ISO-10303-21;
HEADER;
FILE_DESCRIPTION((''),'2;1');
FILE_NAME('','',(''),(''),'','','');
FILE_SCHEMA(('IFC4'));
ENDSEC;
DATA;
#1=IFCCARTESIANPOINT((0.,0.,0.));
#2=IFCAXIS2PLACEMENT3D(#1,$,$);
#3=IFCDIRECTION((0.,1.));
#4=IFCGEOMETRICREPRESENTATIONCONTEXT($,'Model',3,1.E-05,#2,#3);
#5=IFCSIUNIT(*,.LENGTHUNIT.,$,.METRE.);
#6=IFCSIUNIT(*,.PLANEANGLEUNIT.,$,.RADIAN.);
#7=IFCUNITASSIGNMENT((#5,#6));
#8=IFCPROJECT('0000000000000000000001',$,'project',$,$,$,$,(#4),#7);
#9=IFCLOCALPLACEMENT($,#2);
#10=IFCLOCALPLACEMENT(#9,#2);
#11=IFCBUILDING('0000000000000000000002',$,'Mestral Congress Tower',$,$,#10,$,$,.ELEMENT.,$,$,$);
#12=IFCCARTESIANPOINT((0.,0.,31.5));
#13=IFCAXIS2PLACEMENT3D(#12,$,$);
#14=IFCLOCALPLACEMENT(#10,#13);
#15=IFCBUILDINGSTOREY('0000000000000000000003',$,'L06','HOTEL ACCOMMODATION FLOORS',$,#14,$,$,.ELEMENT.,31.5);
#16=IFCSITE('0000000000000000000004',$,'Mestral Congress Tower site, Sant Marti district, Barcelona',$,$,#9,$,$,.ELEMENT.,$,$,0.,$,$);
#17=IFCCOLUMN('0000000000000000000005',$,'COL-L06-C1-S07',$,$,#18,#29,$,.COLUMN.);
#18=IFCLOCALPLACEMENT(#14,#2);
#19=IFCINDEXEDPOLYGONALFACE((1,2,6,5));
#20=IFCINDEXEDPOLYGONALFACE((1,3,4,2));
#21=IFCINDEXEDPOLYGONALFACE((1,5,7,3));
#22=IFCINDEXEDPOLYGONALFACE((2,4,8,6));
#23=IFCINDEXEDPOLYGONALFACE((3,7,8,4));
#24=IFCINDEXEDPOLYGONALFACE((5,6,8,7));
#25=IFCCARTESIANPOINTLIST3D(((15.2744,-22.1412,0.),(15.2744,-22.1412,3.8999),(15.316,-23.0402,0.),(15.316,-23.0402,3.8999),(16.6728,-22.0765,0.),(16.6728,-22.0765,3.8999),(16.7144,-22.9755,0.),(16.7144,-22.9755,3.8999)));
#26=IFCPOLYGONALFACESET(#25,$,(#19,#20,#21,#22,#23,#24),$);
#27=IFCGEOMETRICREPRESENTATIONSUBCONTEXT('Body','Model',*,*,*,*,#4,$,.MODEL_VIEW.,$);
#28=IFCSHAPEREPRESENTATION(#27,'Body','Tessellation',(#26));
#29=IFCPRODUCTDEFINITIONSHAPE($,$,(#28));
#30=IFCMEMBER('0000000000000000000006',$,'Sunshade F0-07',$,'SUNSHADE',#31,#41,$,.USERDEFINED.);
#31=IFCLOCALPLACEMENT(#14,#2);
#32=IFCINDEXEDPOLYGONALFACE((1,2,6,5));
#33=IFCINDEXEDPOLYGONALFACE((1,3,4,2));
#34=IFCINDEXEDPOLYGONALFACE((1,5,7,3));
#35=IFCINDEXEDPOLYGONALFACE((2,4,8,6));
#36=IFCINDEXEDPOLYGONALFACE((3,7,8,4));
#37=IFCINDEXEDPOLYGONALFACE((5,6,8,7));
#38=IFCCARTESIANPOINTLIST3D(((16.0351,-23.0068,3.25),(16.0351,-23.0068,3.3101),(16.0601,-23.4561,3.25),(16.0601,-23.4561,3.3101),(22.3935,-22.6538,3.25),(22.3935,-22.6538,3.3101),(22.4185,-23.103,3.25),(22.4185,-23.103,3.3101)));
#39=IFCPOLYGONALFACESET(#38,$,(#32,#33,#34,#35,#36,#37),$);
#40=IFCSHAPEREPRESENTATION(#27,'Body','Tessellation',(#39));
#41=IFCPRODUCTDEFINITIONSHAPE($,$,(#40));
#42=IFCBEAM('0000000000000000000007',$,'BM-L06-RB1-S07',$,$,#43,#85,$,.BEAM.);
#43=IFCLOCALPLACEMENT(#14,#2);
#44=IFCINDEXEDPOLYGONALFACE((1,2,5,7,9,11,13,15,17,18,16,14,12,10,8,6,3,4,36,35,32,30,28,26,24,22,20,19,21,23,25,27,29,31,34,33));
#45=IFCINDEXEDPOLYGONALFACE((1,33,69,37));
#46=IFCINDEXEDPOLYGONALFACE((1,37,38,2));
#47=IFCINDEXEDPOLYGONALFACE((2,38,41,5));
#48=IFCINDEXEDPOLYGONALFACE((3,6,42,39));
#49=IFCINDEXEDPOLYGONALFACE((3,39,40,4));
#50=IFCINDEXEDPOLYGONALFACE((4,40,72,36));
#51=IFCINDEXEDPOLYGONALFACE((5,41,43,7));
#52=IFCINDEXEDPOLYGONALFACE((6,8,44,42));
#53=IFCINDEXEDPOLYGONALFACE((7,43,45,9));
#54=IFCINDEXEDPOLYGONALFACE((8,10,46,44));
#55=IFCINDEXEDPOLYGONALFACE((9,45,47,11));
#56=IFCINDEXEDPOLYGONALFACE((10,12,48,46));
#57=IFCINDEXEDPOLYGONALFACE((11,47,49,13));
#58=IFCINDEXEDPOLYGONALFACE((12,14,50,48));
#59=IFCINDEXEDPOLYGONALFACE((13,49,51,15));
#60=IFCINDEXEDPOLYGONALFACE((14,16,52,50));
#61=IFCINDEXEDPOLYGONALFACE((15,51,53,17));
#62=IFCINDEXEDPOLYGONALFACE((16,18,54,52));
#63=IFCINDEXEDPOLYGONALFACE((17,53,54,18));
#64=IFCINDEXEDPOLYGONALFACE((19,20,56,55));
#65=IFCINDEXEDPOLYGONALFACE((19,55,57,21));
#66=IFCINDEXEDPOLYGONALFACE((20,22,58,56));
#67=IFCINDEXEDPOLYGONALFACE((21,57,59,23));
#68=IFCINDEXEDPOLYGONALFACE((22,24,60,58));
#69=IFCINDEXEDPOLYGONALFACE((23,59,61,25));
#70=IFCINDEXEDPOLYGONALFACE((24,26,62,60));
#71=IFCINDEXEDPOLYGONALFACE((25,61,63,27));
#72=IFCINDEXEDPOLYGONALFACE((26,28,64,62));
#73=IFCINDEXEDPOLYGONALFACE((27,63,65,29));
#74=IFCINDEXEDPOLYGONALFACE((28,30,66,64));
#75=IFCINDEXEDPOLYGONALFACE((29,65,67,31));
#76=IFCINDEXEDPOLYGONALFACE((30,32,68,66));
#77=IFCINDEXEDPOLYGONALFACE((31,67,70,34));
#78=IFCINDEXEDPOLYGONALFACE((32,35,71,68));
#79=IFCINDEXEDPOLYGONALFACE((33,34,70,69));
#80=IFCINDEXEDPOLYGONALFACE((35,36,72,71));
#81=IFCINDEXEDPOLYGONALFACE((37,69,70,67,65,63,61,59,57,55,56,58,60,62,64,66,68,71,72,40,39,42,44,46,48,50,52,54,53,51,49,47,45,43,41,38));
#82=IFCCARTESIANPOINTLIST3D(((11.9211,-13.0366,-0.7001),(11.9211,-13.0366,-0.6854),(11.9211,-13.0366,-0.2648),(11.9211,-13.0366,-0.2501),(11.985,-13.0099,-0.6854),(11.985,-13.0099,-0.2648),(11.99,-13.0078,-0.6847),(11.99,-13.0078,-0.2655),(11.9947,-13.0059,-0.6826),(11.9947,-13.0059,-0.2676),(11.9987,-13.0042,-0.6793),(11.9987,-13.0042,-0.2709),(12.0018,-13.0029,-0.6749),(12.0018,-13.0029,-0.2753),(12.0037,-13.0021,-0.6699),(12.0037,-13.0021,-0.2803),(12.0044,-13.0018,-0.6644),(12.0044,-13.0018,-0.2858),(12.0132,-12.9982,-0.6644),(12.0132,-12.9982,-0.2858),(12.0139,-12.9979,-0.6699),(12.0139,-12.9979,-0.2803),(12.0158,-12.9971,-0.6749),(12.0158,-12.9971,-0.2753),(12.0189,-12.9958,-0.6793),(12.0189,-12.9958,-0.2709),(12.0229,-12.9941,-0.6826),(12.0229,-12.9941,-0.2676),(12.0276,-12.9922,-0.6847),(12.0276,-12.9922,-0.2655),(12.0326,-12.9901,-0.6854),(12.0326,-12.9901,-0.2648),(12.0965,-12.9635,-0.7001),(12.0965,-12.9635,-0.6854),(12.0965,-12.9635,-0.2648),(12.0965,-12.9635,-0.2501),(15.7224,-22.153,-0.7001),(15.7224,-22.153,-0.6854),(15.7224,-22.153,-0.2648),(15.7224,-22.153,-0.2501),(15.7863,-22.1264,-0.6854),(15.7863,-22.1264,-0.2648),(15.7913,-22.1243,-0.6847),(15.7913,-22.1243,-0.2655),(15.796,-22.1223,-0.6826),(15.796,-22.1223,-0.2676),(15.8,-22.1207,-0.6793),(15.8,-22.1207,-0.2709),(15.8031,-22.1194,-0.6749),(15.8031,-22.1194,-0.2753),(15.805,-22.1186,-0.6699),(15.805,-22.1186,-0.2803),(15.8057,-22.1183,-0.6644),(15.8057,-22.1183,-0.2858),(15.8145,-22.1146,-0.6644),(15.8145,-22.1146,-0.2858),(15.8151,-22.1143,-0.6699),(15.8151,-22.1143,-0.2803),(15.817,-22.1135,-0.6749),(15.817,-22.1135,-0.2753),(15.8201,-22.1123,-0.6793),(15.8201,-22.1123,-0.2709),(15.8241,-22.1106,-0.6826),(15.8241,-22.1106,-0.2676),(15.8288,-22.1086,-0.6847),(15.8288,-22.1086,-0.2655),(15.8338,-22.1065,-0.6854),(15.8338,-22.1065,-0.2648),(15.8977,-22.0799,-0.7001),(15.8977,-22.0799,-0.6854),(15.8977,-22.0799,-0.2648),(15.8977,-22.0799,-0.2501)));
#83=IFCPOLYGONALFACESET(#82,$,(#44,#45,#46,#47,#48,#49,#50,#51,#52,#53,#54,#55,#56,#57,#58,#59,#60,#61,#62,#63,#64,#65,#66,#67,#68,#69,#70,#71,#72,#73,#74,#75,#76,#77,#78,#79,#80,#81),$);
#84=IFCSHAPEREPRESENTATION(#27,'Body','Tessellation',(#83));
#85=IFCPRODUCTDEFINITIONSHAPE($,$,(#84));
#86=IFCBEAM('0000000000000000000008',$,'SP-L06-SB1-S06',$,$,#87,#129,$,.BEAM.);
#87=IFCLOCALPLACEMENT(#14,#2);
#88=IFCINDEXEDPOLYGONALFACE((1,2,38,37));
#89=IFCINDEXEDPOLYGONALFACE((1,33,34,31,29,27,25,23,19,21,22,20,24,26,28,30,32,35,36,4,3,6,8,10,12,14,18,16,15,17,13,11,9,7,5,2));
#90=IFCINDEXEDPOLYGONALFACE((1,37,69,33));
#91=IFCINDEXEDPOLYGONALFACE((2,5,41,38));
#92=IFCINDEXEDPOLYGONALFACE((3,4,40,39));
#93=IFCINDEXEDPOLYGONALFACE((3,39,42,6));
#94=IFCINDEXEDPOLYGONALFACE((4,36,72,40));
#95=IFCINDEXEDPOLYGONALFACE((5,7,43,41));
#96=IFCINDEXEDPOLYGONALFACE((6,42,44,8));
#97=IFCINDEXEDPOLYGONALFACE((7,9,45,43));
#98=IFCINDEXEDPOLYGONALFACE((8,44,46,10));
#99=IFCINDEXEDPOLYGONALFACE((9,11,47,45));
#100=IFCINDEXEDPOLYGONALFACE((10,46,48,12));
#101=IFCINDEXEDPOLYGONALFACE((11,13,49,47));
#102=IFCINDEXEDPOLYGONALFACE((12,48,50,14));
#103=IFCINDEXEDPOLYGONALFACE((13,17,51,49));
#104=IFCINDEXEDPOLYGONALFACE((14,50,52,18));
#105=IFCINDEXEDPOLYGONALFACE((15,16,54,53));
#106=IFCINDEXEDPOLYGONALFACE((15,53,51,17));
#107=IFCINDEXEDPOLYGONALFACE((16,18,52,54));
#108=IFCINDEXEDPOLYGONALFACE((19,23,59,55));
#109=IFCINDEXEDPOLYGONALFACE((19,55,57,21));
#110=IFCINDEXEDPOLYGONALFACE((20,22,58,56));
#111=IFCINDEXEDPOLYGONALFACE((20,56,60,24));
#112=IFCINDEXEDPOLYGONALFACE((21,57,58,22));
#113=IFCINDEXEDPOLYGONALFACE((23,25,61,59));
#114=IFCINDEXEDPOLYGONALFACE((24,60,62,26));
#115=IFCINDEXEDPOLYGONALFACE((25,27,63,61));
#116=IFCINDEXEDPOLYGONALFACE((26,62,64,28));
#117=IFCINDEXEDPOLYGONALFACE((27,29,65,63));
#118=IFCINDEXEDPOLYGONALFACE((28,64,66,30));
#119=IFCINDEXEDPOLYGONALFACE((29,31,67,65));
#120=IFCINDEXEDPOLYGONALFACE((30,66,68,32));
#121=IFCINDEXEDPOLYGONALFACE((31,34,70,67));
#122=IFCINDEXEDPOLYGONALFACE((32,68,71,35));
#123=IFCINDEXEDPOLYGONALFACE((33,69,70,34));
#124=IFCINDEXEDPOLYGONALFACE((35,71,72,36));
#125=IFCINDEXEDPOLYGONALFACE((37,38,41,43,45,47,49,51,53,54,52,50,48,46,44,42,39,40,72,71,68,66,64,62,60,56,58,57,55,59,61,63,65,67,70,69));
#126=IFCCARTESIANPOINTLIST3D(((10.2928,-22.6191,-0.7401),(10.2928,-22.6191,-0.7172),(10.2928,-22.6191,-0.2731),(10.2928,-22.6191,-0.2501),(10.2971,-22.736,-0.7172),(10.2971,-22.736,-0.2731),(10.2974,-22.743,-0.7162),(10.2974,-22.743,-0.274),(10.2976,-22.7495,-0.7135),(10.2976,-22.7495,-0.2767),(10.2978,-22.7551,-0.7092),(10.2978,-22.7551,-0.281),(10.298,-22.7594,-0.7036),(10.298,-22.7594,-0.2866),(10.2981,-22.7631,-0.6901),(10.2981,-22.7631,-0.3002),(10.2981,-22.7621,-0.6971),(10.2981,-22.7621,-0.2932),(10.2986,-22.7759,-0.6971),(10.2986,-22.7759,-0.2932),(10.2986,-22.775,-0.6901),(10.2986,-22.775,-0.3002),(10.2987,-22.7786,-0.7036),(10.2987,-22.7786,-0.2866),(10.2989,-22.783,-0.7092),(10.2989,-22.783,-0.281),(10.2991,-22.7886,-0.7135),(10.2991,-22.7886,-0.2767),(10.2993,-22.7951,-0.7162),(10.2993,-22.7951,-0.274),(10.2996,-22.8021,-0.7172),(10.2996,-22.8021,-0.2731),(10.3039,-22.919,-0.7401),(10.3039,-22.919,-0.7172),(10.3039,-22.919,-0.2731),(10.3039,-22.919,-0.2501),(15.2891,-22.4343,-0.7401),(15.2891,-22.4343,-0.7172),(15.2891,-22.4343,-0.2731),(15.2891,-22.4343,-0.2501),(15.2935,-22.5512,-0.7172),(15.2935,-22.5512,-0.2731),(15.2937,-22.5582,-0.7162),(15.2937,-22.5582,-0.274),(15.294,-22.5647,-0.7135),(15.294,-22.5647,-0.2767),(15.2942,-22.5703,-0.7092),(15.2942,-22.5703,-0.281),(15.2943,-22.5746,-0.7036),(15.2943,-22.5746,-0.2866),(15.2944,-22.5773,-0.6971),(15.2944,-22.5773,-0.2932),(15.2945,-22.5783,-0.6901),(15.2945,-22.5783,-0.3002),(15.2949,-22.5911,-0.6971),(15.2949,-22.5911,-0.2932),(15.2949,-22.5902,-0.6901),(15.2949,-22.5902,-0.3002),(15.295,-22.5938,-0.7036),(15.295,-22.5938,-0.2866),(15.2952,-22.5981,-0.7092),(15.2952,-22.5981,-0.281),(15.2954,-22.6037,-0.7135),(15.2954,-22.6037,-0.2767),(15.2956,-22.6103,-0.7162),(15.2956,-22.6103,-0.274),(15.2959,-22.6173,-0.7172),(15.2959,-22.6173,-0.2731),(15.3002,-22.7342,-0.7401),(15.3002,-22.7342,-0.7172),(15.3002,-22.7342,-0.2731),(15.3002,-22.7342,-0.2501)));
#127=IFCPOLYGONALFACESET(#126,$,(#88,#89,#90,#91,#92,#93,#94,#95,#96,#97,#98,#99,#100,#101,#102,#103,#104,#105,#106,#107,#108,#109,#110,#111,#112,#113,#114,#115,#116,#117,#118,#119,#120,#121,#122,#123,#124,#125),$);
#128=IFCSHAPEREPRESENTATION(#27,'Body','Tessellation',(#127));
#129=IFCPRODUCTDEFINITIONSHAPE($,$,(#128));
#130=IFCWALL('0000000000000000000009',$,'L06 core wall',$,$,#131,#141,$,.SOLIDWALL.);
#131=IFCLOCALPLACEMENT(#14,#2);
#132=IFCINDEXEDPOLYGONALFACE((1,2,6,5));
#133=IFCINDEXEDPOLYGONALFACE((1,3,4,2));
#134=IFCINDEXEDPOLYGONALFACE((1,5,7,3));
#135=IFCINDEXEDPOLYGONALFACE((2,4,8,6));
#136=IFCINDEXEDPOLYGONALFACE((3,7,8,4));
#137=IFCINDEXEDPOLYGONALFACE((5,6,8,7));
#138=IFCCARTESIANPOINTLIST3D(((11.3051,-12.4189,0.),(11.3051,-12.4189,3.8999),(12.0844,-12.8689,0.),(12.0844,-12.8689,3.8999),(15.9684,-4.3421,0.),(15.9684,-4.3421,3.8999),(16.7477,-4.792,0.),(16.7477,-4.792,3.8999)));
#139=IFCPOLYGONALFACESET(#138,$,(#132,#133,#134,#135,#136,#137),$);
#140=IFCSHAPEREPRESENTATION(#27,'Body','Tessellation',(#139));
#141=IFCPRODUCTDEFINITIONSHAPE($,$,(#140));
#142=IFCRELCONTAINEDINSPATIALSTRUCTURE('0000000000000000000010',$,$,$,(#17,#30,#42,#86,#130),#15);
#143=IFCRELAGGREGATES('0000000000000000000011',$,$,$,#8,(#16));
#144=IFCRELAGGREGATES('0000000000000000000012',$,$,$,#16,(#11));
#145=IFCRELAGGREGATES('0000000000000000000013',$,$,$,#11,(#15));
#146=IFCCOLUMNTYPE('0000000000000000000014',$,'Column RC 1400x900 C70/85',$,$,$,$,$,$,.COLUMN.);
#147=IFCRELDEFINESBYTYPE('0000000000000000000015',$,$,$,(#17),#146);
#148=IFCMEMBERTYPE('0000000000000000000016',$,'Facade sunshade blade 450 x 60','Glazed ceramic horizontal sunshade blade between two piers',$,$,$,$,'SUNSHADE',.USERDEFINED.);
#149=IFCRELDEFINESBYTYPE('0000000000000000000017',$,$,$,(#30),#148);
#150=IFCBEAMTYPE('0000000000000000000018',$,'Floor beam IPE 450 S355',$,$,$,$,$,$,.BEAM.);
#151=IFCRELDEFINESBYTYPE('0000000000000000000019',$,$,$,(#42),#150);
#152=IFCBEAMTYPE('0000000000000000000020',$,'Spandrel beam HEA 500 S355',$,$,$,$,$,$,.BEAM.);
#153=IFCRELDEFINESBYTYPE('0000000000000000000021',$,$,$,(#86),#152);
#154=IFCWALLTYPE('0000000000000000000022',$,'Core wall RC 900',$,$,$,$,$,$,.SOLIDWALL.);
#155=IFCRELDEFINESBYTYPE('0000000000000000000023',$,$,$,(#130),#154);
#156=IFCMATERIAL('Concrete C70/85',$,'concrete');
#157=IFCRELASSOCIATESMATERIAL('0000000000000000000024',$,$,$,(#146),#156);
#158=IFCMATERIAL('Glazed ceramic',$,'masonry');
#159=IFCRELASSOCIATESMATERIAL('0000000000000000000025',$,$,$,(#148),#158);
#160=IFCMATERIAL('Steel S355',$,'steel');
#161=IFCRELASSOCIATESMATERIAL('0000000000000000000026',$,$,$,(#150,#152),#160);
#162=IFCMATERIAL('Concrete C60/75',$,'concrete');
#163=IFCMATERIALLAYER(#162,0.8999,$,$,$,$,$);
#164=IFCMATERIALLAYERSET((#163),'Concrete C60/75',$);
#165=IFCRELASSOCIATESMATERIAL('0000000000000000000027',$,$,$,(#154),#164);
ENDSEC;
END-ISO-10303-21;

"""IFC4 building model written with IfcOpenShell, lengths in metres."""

from ifc_helpers import new_model, si_unit, direction, frame, frame_2d, origin, origin_2d, place, context, subcontext, project, spatial, rectangle, i_section, extrude, material, layer, layer_set, material_profile, profile_set, type_object, element, save


model = new_model("IFC4")

# Units and contexts
model_context = context("Model", 3, precision=1e-05, world=origin(), true_north=direction((0.0, 1.0)))
body_context = subcontext(model_context, "Body", "Model", "MODEL_VIEW")
ifc_project = project(units=[si_unit("LENGTHUNIT", "METRE"), si_unit("PLANEANGLEUNIT", "RADIAN")], contexts=[model_context])

# Site, building, storey
site_placement = place(None, origin())
site = spatial("IfcSite", under=ifc_project, at=site_placement, Name="Mestral Congress Tower site, Sant Marti district, Barcelona", CompositionType="ELEMENT", RefElevation=0.0)
building_placement = place(site_placement, origin())
building = spatial("IfcBuilding", under=site, at=building_placement, Name="Mestral Congress Tower", CompositionType="ELEMENT")
storey_placement = place(building_placement, frame((0.0, 0.0, 31.5)))
storey = spatial("IfcBuildingStorey", under=building, at=storey_placement, Name="L06", Description="HOTEL ACCOMMODATION FLOORS", CompositionType="ELEMENT", Elevation=31.5)

# Column
ifc_material_1 = material(Name="Concrete C70/85", Category="concrete")
ifc_material_profile_1 = material_profile(ifc_material_1, rectangle(XDim=1.3999, YDim=0.8999, at=origin_2d()), Name="RC 1400x900")
ifc_profile_set_1 = profile_set([ifc_material_profile_1], Name="Concrete C70/85")
column_type = type_object("IfcColumnType", Name="Column RC 1400x900 C70/85", PredefinedType="COLUMN", material=ifc_profile_set_1)
column_placement = place(storey_placement, frame((15.9944, -22.5583, 0.0), z_axis=(0.0, 0.0, 1.0), x_axis=(0.998932, 0.0462, 0.0)))
element("IfcColumn", 1, at=column_placement, inside=storey, type_object=column_type, Name="COL-L06-C1-S07", PredefinedType="COLUMN", context=body_context, shape_type="SweptSolid", body=[
    extrude(rectangle(XDim=1.3999, YDim=0.8999, at=origin_2d()), origin(), (0.0, 0.0, 1.0), 3.8999),
])

# Member
ifc_material_2 = material(Name="Glazed ceramic", Category="masonry")
ifc_material_profile_2 = material_profile(ifc_material_2, rectangle(XDim=0.45, YDim=0.0601, at=origin_2d()), Name="Ceramic blade 450 x 60")
ifc_profile_set_2 = profile_set([ifc_material_profile_2], Name="Glazed ceramic")
member_type = type_object("IfcMemberType", Name="Facade sunshade blade 450 x 60", Description="Glazed ceramic horizontal sunshade blade between two piers", ElementType="SUNSHADE", PredefinedType="USERDEFINED", material=ifc_profile_set_2)
member_placement = place(storey_placement, frame((16.0476, -23.2314, 3.28), z_axis=(0.998462, 0.055436, 0.0), x_axis=(-0.055436, 0.998462, 0.0)))
element("IfcMember", 2, at=member_placement, inside=storey, type_object=member_type, Name="Sunshade F0-07", ObjectType="SUNSHADE", PredefinedType="USERDEFINED", context=body_context, shape_type="SweptSolid", body=[
    extrude(rectangle(XDim=0.45, YDim=0.0601, at=origin_2d()), origin(), (0.0, 0.0, 1.0), 6.3682),
])

# Beams
ifc_material_3 = material(Name="Steel S355", Category="steel")
ifc_material_profile_3 = material_profile(ifc_material_3, i_section(OverallWidth=0.1899, OverallDepth=0.45, WebThickness=0.0095, FlangeThickness=0.0146, FilletRadius=0.021, at=origin_2d()), Name="IPE 450")
ifc_profile_set_3 = profile_set([ifc_material_profile_3], Name="Steel S355")
beam_type_1 = type_object("IfcBeamType", Name="Floor beam IPE 450 S355", PredefinedType="BEAM", material=ifc_profile_set_3)
beam_1_placement = place(storey_placement, frame((15.8101, -22.1165, -0.4751), z_axis=(-0.384852, 0.922978, 0.0), x_axis=(-0.922978, -0.384852, 0.0)))
element("IfcBeam", 3, at=beam_1_placement, inside=storey, type_object=beam_type_1, Name="BM-L06-RB1-S07", PredefinedType="BEAM", context=body_context, shape_type="SweptSolid", body=[
    extrude(i_section(OverallWidth=0.1899, OverallDepth=0.45, WebThickness=0.0095, FlangeThickness=0.0146, FilletRadius=0.021, at=origin_2d()), origin(), (0.0, 0.0, 1.0), 9.8772),
])
ifc_material_profile_4 = material_profile(ifc_material_3, i_section(OverallWidth=0.3, OverallDepth=0.49, WebThickness=0.012, FlangeThickness=0.0229, FilletRadius=0.0271, at=origin_2d()), Name="HEA 500")
ifc_profile_set_4 = profile_set([ifc_material_profile_4], Name="Steel S355")
beam_type_2 = type_object("IfcBeamType", Name="Spandrel beam HEA 500 S355", PredefinedType="BEAM", material=ifc_profile_set_4)
beam_2_placement = place(storey_placement, frame((10.2983, -22.769, -0.4951), z_axis=(0.999317, 0.036965, 0.0), x_axis=(-0.036965, 0.999317, 0.0)))
element("IfcBeam", 4, at=beam_2_placement, inside=storey, type_object=beam_type_2, Name="SP-L06-SB1-S06", PredefinedType="BEAM", context=body_context, shape_type="SweptSolid", body=[
    extrude(i_section(OverallWidth=0.3, OverallDepth=0.49, WebThickness=0.012, FlangeThickness=0.0229, FilletRadius=0.0271, at=origin_2d()), origin(), (0.0, 0.0, 1.0), 4.9998),
])

# Wall
ifc_material_4 = material(Name="Concrete C60/75", Category="concrete")
ifc_layer_1 = layer(ifc_material_4, 0.8999)
ifc_layer_set_1 = layer_set([ifc_layer_1], Name="Concrete C60/75")
wall_type_1 = type_object("IfcWallType", Name="Core wall RC 900", PredefinedType="SOLIDWALL", material=ifc_layer_set_1)
wall_1_placement = place(storey_placement, frame((11.6948, -12.6438, 0.0), z_axis=(0.0, 0.0, 1.0), x_axis=(0.50001, 0.866019, 0.0)))
element("IfcWall", 5, at=wall_1_placement, inside=storey, type_object=wall_type_1, Name="L06 core wall", PredefinedType="SOLIDWALL", context=body_context, shape_type="SweptSolid", body=[
    extrude(rectangle(XDim=9.3264, YDim=0.8999, at=frame_2d((4.6631, 0.0))), origin(), (0.0, 0.0, 1.0), 3.8999),
])

save(model, "model.ifc")
